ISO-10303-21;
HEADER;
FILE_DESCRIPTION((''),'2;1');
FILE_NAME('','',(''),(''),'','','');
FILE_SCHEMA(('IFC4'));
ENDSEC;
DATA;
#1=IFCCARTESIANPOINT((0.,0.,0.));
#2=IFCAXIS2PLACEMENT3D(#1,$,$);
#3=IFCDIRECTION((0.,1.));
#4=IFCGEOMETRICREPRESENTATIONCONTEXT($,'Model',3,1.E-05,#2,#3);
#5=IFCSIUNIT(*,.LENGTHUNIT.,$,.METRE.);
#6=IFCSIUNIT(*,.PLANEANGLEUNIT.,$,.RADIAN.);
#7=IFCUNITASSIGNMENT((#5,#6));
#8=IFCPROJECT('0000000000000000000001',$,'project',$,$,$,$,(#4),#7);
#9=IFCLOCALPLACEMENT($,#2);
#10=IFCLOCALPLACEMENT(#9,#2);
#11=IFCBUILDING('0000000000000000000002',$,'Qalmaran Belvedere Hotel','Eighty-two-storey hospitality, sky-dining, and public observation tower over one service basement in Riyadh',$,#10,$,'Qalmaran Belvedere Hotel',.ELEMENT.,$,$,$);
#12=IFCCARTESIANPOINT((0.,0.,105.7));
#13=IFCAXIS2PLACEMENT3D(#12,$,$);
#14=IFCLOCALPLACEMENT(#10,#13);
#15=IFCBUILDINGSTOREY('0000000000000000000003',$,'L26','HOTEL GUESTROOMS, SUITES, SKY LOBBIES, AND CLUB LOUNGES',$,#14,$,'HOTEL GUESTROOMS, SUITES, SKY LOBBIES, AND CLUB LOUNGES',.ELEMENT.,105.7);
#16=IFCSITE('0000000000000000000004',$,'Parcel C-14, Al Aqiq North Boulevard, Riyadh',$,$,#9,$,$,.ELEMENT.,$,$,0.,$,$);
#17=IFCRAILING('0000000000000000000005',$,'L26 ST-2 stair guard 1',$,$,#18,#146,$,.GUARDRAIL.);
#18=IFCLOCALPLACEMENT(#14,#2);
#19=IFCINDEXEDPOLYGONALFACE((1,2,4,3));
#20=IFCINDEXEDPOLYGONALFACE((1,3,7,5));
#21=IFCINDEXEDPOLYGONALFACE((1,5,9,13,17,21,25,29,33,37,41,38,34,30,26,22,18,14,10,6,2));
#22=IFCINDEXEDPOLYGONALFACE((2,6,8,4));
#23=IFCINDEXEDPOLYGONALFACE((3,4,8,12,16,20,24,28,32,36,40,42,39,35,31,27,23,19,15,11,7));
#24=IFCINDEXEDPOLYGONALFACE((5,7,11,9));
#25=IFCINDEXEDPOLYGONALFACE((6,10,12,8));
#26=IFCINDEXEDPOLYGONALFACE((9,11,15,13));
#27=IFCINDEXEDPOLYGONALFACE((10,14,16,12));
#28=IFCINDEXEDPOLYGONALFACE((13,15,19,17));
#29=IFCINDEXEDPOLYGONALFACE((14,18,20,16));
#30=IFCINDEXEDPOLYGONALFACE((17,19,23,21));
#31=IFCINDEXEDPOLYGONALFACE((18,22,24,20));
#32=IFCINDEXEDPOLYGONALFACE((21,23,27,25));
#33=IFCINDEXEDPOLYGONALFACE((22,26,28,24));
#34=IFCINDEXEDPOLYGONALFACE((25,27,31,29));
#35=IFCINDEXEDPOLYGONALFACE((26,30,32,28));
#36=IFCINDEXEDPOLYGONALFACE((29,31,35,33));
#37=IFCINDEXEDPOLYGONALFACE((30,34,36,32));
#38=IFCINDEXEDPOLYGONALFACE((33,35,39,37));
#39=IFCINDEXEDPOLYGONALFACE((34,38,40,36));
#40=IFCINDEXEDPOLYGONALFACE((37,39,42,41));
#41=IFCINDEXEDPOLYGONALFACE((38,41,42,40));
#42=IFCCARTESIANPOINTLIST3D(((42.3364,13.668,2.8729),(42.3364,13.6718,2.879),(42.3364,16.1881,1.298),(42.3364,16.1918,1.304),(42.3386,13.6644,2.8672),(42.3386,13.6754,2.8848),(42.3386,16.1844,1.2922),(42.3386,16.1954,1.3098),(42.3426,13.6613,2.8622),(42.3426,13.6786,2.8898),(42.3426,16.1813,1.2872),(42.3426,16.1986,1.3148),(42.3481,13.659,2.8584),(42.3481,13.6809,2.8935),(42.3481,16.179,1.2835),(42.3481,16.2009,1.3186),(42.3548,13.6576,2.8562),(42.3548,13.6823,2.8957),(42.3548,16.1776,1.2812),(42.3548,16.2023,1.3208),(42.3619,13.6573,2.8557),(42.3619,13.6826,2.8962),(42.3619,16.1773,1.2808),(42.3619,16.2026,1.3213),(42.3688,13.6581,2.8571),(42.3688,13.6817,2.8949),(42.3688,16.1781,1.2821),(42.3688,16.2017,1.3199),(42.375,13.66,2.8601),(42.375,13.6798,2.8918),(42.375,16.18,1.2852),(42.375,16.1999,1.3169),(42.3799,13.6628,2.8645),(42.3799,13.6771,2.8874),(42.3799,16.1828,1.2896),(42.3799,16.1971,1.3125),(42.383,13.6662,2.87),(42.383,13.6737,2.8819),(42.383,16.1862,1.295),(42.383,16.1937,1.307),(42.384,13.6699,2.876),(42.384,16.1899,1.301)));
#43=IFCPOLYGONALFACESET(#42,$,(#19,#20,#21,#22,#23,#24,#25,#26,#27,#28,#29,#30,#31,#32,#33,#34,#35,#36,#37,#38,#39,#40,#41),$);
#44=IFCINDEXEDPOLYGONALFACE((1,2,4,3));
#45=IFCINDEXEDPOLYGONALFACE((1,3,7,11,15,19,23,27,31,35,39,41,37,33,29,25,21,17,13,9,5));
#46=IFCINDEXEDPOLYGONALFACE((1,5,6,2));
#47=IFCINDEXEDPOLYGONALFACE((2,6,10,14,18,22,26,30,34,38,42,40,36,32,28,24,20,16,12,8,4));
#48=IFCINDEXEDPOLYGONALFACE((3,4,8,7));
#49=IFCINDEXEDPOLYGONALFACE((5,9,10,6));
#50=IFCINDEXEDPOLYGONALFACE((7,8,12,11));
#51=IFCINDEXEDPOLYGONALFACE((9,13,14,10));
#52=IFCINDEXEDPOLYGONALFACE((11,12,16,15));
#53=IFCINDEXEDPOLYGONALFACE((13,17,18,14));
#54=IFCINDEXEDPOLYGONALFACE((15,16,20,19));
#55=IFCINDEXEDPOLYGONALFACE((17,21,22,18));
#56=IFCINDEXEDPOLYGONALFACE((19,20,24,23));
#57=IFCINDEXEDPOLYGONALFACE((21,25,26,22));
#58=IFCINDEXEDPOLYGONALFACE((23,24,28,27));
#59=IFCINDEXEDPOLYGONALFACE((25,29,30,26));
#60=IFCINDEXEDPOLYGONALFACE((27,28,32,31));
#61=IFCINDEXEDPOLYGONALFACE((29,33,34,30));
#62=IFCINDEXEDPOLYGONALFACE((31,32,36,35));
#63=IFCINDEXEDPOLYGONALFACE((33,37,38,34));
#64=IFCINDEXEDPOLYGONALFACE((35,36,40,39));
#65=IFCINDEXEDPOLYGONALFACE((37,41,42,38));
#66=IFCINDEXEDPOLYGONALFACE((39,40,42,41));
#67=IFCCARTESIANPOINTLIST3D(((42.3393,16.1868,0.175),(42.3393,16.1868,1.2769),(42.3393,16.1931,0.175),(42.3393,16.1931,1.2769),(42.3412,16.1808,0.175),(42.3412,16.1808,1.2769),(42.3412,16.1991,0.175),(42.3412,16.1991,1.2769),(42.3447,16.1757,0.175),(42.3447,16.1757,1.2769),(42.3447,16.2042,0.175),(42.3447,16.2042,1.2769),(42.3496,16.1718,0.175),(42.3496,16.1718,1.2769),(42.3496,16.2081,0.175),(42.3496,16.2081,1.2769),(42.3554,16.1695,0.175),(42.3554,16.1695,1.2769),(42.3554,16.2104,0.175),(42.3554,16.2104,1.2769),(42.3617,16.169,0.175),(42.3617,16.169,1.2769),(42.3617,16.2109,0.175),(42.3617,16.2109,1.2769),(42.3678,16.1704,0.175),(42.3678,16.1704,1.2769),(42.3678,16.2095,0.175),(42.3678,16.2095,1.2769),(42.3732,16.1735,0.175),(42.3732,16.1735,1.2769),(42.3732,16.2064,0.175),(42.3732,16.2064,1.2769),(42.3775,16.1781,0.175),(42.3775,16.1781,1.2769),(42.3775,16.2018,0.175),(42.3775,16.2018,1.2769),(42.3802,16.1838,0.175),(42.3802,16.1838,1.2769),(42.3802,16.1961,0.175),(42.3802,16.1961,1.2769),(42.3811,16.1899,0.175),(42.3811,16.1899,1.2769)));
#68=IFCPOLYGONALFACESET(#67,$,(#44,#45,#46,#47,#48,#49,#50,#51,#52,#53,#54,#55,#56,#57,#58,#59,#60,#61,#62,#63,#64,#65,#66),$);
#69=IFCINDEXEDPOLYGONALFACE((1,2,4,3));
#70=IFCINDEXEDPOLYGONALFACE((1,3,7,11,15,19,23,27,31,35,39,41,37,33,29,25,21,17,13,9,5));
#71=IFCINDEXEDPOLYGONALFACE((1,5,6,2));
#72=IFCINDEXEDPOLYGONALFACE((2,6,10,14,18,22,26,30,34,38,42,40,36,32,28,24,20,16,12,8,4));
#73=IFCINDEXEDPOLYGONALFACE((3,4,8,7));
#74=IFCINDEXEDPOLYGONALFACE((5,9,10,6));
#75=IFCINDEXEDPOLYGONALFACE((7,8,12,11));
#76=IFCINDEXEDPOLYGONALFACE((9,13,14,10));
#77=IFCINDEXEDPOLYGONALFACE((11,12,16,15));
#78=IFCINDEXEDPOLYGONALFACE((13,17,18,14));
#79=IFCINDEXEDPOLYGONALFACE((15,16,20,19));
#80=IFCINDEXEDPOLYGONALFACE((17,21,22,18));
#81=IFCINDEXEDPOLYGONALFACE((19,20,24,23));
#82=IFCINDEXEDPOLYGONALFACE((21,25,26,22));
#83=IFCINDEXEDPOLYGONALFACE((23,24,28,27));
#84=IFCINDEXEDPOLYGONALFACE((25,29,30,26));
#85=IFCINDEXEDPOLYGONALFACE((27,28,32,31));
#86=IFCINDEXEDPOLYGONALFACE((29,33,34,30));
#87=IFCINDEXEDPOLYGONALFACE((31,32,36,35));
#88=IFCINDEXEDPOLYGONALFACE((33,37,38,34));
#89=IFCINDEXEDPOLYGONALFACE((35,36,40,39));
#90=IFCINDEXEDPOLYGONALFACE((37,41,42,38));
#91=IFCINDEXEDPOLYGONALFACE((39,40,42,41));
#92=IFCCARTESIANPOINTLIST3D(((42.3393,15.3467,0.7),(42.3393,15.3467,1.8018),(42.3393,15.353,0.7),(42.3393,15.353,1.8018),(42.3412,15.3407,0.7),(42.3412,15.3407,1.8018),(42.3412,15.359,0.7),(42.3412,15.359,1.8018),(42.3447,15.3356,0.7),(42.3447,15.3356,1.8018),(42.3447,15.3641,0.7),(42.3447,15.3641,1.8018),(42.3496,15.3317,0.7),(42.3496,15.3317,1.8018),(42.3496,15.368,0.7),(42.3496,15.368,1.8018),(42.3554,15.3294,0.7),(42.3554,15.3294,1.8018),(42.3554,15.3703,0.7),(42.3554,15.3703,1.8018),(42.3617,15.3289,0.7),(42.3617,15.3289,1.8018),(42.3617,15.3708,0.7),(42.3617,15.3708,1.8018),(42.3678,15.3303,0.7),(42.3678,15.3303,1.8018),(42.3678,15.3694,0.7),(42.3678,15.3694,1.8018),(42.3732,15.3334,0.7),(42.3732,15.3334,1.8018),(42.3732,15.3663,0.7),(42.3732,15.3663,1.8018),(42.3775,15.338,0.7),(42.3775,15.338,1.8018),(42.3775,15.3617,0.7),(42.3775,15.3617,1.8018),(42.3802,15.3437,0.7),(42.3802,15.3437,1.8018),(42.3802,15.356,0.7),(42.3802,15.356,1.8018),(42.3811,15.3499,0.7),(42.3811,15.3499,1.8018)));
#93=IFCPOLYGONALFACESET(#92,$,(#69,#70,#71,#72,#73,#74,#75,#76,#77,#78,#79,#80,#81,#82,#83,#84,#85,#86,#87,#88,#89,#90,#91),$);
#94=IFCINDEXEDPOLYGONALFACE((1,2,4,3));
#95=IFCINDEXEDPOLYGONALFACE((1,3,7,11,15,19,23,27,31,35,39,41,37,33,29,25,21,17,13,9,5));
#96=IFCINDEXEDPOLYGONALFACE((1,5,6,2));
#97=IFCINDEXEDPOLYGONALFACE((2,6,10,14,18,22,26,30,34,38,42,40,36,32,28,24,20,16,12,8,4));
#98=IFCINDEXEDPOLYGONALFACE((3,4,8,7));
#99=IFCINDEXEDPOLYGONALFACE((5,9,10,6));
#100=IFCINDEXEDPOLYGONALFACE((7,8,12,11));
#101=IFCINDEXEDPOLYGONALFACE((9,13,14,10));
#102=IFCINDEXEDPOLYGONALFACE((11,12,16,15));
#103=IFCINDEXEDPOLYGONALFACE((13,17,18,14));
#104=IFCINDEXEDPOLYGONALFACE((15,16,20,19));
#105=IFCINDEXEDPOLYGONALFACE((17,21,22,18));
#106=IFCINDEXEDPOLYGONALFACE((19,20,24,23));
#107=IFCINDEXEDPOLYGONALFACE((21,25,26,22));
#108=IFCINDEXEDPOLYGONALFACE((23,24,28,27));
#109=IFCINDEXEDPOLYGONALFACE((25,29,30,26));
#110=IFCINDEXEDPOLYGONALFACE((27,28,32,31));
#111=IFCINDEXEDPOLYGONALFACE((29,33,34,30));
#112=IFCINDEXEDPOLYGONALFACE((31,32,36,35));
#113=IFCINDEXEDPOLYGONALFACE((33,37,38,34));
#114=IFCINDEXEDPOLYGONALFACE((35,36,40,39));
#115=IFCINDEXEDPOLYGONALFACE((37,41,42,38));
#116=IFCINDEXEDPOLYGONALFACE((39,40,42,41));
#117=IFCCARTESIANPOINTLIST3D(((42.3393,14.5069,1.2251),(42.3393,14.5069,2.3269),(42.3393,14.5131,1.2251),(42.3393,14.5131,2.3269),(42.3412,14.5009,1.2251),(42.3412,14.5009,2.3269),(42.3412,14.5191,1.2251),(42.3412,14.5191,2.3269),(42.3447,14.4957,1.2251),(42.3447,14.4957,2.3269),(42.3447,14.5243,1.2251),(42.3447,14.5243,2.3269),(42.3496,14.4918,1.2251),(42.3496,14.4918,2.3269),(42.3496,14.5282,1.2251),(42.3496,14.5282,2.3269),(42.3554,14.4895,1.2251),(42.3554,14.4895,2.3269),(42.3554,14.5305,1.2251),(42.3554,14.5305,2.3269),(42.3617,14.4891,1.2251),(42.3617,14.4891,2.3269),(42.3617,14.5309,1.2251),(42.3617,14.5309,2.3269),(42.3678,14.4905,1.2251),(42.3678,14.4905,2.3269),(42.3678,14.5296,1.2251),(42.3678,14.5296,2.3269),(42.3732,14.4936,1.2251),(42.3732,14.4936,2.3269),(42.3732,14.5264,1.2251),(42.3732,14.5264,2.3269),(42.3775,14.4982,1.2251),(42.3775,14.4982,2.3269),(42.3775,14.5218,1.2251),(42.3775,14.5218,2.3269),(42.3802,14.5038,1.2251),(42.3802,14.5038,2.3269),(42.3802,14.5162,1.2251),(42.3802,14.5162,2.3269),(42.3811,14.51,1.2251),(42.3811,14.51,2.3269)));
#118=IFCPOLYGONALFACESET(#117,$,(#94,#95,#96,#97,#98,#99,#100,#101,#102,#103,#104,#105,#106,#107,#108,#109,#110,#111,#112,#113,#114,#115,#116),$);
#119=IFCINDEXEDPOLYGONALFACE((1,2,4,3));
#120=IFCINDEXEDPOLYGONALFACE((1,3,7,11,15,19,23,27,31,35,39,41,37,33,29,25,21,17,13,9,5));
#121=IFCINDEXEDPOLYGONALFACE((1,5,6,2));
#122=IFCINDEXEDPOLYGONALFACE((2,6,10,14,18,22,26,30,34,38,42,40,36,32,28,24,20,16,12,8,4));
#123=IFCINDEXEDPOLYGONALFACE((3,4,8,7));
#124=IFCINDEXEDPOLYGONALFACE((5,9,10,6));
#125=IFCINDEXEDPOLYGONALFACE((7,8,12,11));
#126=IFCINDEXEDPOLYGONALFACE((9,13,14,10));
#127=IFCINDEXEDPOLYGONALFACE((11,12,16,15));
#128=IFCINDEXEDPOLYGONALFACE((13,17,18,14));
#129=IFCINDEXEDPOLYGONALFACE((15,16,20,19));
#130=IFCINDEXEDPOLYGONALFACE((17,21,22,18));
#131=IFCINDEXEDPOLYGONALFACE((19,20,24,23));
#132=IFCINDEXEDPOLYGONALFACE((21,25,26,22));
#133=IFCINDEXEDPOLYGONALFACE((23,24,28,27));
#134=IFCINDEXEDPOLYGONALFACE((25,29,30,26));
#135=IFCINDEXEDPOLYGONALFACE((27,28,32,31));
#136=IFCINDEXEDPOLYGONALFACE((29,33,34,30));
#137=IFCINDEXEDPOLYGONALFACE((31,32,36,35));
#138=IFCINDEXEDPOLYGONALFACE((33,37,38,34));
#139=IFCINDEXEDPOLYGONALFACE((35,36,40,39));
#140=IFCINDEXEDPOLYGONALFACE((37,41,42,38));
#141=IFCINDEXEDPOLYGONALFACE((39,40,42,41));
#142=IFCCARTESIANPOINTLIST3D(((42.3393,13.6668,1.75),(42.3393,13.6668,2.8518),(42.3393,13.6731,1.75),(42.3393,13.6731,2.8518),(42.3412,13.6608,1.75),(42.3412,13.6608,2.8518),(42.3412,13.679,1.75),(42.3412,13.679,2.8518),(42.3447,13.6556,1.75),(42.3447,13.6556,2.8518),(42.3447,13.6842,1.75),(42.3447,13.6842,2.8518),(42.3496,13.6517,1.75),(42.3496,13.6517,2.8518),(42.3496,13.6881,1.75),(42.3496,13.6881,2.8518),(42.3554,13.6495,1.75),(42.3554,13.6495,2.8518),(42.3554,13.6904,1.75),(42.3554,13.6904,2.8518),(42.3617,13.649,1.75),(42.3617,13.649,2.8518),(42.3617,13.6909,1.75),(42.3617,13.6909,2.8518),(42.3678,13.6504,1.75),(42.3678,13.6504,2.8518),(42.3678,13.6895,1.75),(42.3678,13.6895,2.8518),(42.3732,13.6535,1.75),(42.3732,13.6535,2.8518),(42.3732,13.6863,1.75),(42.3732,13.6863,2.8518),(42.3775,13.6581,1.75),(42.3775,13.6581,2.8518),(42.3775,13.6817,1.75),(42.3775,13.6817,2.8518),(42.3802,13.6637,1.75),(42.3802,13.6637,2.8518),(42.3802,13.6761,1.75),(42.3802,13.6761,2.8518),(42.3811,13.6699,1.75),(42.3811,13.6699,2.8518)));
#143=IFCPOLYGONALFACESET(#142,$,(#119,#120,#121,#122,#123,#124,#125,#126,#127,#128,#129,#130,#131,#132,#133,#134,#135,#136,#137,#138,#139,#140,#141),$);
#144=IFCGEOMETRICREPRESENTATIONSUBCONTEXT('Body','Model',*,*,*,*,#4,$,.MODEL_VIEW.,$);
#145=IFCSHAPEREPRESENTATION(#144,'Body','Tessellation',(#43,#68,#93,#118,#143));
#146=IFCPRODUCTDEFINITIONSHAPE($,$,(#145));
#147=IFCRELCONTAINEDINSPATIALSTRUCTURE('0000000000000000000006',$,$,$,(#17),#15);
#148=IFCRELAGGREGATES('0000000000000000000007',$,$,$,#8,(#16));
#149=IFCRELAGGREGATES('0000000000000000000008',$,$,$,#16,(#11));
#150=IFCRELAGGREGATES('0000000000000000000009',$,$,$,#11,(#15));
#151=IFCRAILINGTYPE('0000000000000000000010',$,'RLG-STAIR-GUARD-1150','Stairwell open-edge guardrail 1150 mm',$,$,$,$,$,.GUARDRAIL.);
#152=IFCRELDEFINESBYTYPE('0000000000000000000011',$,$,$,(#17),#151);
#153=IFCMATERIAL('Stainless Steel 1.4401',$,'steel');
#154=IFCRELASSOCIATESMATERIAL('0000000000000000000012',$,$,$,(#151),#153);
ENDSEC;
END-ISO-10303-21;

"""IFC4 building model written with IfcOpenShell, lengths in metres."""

from ifc_helpers import new_model, si_unit, direction, frame, origin, origin_2d, place, context, subcontext, project, spatial, circle, extrude, material, type_object, element, save


model = new_model("IFC4")

# Units and contexts
model_context = context("Model", 3, precision=1e-05, world=origin(), true_north=direction((0.0, 1.0)))
body_context = subcontext(model_context, "Body", "Model", "MODEL_VIEW")
ifc_project = project(units=[si_unit("LENGTHUNIT", "METRE"), si_unit("PLANEANGLEUNIT", "RADIAN")], contexts=[model_context])

# Site, building, storey
site_placement = place(None, origin())
site = spatial("IfcSite", under=ifc_project, at=site_placement, Name="Parcel C-14, Al Aqiq North Boulevard, Riyadh", CompositionType="ELEMENT", RefElevation=0.0)
building_placement = place(site_placement, origin())
building = spatial("IfcBuilding", under=site, at=building_placement, Name="Qalmaran Belvedere Hotel", Description="Eighty-two-storey hospitality, sky-dining, and public observation tower over one service basement in Riyadh", LongName="Qalmaran Belvedere Hotel", CompositionType="ELEMENT")
storey_placement = place(building_placement, frame((0.0, 0.0, 105.7)))
storey = spatial("IfcBuildingStorey", under=building, at=storey_placement, Name="L26", Description="HOTEL GUESTROOMS, SUITES, SKY LOBBIES, AND CLUB LOUNGES", LongName="HOTEL GUESTROOMS, SUITES, SKY LOBBIES, AND CLUB LOUNGES", CompositionType="ELEMENT", Elevation=105.7)

# Shared definitions
ifc_material_1 = material(Name="Stainless Steel 1.4401", Category="steel")

# Railing
railing_type_1 = type_object("IfcRailingType", Name="RLG-STAIR-GUARD-1150", Description="Stairwell open-edge guardrail 1150 mm", PredefinedType="GUARDRAIL", material=ifc_material_1)
railing_1_placement = place(storey_placement, frame((42.3601, 16.1899, 0.175)))
element("IfcRailing", 1, at=railing_1_placement, inside=storey, type_object=railing_type_1, Name="L26 ST-2 stair guard 1", PredefinedType="GUARDRAIL", context=body_context, shape_type="SweptSolid", body=[
    extrude(circle(Radius=0.0239, at=origin_2d()), frame((0.0, 0.0, 1.126), z_axis=(0.0, -0.848008, 0.529984), x_axis=(1.0, 0.0, 0.0)), (0.0, 0.0, 1.0), 2.9717),
    extrude(circle(Radius=0.021, at=origin_2d()), origin(), (0.0, 0.0, 1.0), 1.1018),
    extrude(circle(Radius=0.021, at=origin_2d()), frame((0.0, -0.8401, 0.5249)), (0.0, 0.0, 1.0), 1.1018),
    extrude(circle(Radius=0.021, at=origin_2d()), frame((0.0, -1.6799, 1.05)), (0.0, 0.0, 1.0), 1.1018),
    extrude(circle(Radius=0.021, at=origin_2d()), frame((0.0, -2.52, 1.575)), (0.0, 0.0, 1.0), 1.1018),
])

save(model, "model.ifc")
